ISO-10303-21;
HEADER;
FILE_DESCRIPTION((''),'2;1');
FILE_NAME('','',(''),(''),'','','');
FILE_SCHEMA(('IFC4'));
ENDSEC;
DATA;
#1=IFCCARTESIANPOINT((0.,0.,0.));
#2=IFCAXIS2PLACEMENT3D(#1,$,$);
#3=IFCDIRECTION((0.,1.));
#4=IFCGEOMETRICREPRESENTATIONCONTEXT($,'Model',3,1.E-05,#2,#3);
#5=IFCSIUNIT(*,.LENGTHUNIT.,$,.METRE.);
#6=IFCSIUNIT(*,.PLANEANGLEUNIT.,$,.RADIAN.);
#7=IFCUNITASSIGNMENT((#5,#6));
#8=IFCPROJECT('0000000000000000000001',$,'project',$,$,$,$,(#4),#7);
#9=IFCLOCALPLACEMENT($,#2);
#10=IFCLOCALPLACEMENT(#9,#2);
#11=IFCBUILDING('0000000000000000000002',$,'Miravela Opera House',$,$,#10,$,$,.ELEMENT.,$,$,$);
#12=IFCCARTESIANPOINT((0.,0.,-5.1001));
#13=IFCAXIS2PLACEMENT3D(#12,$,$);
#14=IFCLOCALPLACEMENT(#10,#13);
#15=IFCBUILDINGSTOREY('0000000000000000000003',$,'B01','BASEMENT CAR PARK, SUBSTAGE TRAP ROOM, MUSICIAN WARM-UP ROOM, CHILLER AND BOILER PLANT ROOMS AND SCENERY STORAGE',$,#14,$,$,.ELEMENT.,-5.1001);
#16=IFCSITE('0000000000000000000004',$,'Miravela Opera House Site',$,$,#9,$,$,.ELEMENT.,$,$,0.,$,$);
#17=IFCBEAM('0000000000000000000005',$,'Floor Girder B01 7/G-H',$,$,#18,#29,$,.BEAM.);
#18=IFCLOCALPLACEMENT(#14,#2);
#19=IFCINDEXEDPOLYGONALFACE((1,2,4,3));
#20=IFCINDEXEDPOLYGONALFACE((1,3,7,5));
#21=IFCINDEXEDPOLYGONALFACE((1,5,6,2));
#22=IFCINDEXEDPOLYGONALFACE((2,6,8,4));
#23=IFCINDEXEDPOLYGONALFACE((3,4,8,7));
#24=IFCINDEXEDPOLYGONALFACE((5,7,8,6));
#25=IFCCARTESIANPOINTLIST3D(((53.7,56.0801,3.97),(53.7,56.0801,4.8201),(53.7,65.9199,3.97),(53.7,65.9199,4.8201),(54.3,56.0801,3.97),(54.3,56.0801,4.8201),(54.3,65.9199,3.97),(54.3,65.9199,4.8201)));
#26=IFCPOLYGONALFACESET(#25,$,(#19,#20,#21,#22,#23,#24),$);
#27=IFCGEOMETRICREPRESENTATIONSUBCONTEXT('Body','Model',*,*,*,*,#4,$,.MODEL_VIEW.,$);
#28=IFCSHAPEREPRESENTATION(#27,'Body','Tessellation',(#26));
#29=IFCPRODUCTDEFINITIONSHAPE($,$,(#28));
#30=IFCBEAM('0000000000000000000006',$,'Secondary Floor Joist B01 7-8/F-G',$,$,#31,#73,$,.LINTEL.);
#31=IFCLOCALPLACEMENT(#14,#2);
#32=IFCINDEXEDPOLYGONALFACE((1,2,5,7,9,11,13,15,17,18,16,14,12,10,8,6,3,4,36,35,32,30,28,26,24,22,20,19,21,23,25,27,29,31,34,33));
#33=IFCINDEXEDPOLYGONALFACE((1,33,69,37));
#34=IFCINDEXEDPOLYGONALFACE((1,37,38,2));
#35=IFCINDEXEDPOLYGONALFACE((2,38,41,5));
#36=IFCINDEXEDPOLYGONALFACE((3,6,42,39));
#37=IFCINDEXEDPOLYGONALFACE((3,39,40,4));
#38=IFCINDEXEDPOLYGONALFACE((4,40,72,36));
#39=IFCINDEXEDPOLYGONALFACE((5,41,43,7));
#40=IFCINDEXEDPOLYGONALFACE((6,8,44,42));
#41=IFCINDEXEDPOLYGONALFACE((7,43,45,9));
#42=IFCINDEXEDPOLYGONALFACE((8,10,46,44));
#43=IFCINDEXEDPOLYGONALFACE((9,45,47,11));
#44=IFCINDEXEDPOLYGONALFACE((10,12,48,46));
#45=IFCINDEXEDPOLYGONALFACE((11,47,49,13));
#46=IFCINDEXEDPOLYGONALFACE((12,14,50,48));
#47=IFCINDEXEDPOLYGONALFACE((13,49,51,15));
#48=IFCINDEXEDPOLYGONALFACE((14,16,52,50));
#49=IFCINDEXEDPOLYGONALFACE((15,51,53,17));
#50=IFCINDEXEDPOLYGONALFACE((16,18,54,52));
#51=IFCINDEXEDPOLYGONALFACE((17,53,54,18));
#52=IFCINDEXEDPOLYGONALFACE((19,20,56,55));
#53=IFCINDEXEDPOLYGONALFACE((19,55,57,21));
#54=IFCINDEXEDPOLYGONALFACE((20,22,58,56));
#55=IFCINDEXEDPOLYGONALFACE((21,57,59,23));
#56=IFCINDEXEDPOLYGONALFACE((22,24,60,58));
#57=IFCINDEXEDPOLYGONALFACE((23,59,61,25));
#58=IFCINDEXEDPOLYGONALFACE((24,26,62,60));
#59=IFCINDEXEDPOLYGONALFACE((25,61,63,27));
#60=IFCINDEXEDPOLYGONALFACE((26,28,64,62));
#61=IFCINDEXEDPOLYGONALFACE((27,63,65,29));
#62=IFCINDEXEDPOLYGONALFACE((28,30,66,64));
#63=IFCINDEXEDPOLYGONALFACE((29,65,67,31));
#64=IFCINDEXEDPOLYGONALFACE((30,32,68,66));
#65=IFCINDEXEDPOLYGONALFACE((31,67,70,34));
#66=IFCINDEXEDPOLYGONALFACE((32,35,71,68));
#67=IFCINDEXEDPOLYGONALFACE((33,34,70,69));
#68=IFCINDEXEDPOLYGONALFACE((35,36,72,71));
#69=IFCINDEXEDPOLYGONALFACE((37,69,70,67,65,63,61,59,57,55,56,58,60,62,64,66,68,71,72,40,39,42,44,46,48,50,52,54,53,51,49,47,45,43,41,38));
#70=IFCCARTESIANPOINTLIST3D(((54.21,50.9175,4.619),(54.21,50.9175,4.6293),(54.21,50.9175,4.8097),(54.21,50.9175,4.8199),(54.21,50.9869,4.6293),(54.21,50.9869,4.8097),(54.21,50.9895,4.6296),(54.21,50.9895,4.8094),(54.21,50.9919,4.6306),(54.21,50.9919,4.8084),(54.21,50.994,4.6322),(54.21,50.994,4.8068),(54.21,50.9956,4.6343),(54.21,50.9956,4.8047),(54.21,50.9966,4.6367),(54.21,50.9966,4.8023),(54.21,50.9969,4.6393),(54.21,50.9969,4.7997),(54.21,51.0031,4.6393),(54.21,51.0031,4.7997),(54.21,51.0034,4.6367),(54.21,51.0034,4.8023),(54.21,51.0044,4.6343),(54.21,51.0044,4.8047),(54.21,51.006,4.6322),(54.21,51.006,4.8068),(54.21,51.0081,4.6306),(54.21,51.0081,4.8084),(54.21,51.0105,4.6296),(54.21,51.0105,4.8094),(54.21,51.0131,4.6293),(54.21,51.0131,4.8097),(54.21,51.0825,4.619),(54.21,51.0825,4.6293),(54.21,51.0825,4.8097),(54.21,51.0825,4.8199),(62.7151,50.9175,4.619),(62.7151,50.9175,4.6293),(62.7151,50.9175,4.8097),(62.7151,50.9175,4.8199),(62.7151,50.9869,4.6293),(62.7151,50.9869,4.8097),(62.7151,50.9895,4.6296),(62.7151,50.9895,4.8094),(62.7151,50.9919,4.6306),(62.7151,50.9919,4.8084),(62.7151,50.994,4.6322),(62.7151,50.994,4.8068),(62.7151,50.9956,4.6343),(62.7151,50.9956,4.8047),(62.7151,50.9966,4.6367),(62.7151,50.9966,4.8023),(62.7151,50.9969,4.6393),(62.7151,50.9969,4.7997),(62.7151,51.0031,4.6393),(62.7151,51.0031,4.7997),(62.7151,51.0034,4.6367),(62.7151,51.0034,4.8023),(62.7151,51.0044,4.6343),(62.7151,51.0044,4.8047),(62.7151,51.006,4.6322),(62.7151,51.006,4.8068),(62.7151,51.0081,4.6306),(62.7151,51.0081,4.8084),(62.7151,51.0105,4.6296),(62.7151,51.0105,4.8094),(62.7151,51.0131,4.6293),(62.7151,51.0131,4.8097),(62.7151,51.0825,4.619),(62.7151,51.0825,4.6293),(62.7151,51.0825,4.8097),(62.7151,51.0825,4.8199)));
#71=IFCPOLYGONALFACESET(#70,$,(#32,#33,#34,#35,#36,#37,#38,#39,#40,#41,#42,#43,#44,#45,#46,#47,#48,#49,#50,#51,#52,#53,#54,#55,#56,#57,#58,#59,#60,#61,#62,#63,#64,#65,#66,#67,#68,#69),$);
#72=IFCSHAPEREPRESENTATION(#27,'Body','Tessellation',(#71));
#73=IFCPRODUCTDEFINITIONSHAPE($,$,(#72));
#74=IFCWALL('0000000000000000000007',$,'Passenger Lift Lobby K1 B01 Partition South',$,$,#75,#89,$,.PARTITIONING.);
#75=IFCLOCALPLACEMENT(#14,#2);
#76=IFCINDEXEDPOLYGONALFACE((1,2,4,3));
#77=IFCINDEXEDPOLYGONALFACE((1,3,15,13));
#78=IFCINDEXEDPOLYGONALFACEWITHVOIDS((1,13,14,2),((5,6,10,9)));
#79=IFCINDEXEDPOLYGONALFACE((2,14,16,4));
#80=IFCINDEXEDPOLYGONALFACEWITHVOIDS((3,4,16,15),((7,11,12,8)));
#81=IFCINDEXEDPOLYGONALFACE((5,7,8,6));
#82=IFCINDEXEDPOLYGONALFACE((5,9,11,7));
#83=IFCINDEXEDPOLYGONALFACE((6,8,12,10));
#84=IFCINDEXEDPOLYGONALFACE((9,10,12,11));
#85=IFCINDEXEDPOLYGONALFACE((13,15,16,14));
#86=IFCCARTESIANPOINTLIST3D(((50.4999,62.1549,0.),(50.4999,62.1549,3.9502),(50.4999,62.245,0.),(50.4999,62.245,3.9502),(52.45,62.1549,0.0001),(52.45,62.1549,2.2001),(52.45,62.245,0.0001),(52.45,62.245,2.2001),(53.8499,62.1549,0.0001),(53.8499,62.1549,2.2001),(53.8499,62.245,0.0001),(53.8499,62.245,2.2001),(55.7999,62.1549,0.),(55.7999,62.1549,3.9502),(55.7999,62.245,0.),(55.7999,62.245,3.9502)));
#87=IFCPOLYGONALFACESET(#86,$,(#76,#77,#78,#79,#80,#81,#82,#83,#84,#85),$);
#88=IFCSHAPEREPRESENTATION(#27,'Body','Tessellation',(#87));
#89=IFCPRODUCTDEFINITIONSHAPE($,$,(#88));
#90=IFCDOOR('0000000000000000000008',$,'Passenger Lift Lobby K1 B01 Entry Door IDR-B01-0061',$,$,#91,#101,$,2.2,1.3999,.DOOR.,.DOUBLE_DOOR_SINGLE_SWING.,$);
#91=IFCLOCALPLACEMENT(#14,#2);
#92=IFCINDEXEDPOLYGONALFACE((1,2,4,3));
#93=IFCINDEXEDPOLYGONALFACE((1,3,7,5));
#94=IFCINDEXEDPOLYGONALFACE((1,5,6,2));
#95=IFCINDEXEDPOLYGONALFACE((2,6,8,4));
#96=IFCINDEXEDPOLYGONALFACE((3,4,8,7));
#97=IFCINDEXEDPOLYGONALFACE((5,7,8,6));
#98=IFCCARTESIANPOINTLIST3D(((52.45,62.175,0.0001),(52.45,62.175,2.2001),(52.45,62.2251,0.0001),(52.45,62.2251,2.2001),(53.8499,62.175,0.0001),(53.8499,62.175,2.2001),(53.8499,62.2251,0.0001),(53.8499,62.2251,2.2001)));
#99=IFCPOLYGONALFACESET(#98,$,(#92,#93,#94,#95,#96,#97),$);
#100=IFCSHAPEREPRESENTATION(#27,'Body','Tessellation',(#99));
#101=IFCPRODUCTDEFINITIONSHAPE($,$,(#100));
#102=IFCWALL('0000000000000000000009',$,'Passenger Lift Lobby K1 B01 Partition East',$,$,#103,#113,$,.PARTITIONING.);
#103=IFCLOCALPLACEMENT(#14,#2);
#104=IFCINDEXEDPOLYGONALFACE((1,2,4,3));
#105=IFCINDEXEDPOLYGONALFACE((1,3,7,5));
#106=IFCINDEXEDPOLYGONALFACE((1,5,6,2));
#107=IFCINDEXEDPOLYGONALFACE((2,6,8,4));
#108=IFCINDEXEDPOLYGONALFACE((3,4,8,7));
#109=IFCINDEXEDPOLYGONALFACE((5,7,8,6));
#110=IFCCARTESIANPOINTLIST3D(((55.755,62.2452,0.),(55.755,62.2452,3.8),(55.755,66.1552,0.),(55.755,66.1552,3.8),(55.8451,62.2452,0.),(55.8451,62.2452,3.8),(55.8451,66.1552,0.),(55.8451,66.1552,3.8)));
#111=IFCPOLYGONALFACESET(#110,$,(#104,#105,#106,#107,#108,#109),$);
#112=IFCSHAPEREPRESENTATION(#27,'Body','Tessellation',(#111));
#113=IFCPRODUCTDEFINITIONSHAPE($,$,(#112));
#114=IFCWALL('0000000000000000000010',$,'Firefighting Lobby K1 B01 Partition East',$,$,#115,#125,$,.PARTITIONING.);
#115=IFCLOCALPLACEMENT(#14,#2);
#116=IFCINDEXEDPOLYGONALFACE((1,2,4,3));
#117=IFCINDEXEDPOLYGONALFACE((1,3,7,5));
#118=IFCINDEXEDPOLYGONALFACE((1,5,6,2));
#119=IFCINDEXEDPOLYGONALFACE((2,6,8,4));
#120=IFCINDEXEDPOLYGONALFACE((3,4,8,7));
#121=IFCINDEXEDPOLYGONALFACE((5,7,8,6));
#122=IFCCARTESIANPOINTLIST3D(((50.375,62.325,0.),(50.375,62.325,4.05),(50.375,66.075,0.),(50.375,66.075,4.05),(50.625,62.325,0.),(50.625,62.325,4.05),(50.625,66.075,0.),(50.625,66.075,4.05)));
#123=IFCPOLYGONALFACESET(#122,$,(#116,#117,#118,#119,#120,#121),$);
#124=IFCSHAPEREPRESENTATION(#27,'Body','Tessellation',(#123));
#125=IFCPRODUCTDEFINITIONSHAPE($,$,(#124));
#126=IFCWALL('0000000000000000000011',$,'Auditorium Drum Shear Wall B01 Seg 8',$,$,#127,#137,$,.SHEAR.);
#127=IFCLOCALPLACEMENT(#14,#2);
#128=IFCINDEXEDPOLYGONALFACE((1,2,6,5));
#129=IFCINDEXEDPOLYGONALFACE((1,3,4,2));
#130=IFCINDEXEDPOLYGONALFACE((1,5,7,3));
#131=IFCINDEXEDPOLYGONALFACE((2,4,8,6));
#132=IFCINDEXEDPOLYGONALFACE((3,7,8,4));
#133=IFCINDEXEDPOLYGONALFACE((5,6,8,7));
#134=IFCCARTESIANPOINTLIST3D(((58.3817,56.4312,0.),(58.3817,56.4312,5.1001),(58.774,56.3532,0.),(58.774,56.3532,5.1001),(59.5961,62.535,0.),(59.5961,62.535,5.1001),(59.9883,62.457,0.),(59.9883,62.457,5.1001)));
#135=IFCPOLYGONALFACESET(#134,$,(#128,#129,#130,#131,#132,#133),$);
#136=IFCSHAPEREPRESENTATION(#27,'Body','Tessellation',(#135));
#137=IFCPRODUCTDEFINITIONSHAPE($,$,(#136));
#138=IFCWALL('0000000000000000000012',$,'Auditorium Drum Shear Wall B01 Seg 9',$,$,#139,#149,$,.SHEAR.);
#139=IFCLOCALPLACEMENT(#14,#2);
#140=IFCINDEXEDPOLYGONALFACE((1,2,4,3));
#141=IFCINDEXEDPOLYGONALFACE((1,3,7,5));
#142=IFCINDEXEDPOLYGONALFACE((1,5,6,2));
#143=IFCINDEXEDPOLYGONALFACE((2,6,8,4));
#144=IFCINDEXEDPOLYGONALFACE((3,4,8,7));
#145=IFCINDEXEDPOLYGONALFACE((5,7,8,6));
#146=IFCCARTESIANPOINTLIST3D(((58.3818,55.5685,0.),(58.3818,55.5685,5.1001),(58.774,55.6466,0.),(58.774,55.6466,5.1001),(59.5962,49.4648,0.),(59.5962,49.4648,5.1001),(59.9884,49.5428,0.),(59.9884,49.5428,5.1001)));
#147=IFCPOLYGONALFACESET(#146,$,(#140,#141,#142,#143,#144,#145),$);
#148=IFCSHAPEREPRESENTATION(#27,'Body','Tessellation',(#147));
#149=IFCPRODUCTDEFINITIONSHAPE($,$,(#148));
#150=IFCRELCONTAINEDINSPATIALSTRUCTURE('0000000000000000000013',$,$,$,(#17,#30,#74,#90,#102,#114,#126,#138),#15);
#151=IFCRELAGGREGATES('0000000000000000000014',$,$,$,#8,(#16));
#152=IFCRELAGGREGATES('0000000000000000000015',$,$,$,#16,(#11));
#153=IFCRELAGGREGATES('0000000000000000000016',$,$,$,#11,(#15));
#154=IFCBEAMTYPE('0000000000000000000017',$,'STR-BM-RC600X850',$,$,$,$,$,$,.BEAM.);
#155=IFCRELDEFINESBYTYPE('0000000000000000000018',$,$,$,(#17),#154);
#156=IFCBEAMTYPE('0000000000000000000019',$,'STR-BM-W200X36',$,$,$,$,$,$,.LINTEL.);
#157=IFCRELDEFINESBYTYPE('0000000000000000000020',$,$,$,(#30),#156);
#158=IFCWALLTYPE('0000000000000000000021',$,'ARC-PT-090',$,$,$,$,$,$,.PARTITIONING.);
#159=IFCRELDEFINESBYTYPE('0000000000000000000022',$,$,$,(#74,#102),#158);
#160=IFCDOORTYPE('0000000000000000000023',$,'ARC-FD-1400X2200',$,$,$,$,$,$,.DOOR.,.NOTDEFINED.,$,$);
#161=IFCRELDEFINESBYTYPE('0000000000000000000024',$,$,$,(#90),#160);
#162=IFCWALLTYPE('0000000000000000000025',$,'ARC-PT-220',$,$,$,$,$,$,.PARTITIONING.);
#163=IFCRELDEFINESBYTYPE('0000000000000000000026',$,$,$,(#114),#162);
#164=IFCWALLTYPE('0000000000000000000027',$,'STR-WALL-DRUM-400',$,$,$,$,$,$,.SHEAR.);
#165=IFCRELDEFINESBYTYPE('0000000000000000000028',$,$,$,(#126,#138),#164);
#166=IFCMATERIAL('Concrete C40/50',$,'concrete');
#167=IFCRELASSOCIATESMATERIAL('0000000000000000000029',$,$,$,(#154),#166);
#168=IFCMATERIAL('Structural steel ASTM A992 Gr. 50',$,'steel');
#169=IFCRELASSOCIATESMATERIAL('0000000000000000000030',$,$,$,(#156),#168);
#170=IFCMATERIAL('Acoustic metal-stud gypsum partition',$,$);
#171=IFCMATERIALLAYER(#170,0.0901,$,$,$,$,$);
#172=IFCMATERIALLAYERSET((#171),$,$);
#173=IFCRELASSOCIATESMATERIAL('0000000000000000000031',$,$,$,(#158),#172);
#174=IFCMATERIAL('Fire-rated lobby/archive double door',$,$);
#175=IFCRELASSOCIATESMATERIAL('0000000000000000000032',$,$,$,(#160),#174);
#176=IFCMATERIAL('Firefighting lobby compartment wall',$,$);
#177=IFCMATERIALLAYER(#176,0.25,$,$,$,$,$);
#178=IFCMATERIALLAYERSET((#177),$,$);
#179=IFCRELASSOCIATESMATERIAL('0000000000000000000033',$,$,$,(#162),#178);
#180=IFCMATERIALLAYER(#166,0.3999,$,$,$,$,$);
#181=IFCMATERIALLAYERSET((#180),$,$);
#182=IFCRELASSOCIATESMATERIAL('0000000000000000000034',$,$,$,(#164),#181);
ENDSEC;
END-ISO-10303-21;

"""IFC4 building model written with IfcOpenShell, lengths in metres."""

from ifc_helpers import new_model, si_unit, direction, frame, frame_2d, origin, origin_2d, place, context, subcontext, project, spatial, rectangle, i_section, extrude, material, layer, layer_set, material_profile, profile_set, type_object, element, fill, save


model = new_model("IFC4")

# Units and contexts
model_context = context("Model", 3, precision=1e-05, world=origin(), true_north=direction((0.0, 1.0)))
body_context = subcontext(model_context, "Body", "Model", "MODEL_VIEW")
ifc_project = project(units=[si_unit("LENGTHUNIT", "METRE"), si_unit("PLANEANGLEUNIT", "RADIAN")], contexts=[model_context])

# Site, building, storey
site_placement = place(None, origin())
site = spatial("IfcSite", under=ifc_project, at=site_placement, Name="Miravela Opera House Site", CompositionType="ELEMENT", RefElevation=0.0)
building_placement = place(site_placement, origin())
building = spatial("IfcBuilding", under=site, at=building_placement, Name="Miravela Opera House", CompositionType="ELEMENT")
storey_placement = place(building_placement, frame((0.0, 0.0, -5.1001)))
storey = spatial("IfcBuildingStorey", under=building, at=storey_placement, Name="B01", Description="BASEMENT CAR PARK, SUBSTAGE TRAP ROOM, MUSICIAN WARM-UP ROOM, CHILLER AND BOILER PLANT ROOMS AND SCENERY STORAGE", CompositionType="ELEMENT", Elevation=-5.1001)

# Shared definitions
ifc_material_1 = material(Name="Concrete C40/50", Category="concrete")

# Beams
ifc_material_profile_1 = material_profile(ifc_material_1, rectangle(XDim=0.6001, YDim=0.8501, at=origin_2d()), Name="RC-BM-600X850")
ifc_profile_set_1 = profile_set([ifc_material_profile_1])
beam_type_1 = type_object("IfcBeamType", Name="STR-BM-RC600X850", PredefinedType="BEAM", material=ifc_profile_set_1)
beam_1_placement = place(storey_placement, frame((54.0, 56.0801, 4.395), z_axis=(0.0, 1.0, 0.0), x_axis=(-1.0, 0.0, 0.0)))
element("IfcBeam", 1, at=beam_1_placement, inside=storey, type_object=beam_type_1, Name="Floor Girder B01 7/G-H", PredefinedType="BEAM", context=body_context, shape_type="SweptSolid", body=[
    extrude(rectangle(XDim=0.6001, YDim=0.8501, at=origin_2d()), origin(), (0.0, 0.0, 1.0), 9.8398),
])
ifc_material_2 = material(Name="Structural steel ASTM A992 Gr. 50", Category="steel")
ifc_material_profile_2 = material_profile(ifc_material_2, i_section(OverallWidth=0.165, OverallDepth=0.2009, WebThickness=0.0061, FlangeThickness=0.0103, FilletRadius=0.01, at=origin_2d()), Name="W200X36")
ifc_profile_set_2 = profile_set([ifc_material_profile_2])
beam_type_2 = type_object("IfcBeamType", Name="STR-BM-W200X36", PredefinedType="LINTEL", material=ifc_profile_set_2)
beam_2_placement = place(storey_placement, frame((54.21, 51.0, 4.7195), z_axis=(1.0, 0.0, 0.0), x_axis=(0.0, 1.0, 0.0)))
element("IfcBeam", 2, at=beam_2_placement, inside=storey, type_object=beam_type_2, Name="Secondary Floor Joist B01 7-8/F-G", PredefinedType="LINTEL", context=body_context, shape_type="SweptSolid", body=[
    extrude(i_section(OverallWidth=0.165, OverallDepth=0.2009, WebThickness=0.0061, FlangeThickness=0.0103, FilletRadius=0.01, at=origin_2d()), origin(), (0.0, 0.0, 1.0), 8.5051),
])

# Wall, opening, door
ifc_material_3 = material(Name="Acoustic metal-stud gypsum partition")
ifc_layer_1 = layer(ifc_material_3, 0.0901)
ifc_layer_set_1 = layer_set([ifc_layer_1])
wall_type_1 = type_object("IfcWallType", Name="ARC-PT-090", PredefinedType="PARTITIONING", material=ifc_layer_set_1)
wall_1_placement = place(storey_placement, frame((50.5, 62.2, 0.0), z_axis=(0.0, 0.0, 1.0), x_axis=(1.0, 0.0, 0.0)))
wall_1 = element("IfcWall", 3, at=wall_1_placement, inside=storey, type_object=wall_type_1, Name="Passenger Lift Lobby K1 B01 Partition South", PredefinedType="PARTITIONING", context=body_context, shape_type="SweptSolid", body=[
    extrude(rectangle(XDim=5.3, YDim=0.0901, at=frame_2d((2.6499, 0.0))), origin(), (0.0, 0.0, 1.0), 3.9502),
])
opening_placement = place(wall_1_placement, frame((1.95, 0.0, 0.0)))
opening = element("IfcOpeningElement", 4, at=opening_placement, cuts=wall_1, PredefinedType="OPENING", context=body_context, shape_type="SweptSolid", body=[
    extrude(rectangle(XDim=1.3999, YDim=2.2, at=frame_2d((0.7, 1.1001))), frame((0.0, 0.0549, 0.0), z_axis=(0.0, -1.0, 0.0), x_axis=(1.0, 0.0, 0.0)), (0.0, 0.0, 1.0), 0.1101),
])
ifc_material_4 = material(Name="Fire-rated lobby/archive double door")
door_type = type_object("IfcDoorType", Name="ARC-FD-1400X2200", OperationType="NOTDEFINED", PredefinedType="DOOR", material=ifc_material_4)
door_placement = place(opening_placement, frame((1.3999, 0.0, 0.0), z_axis=(0.0, 0.0, 1.0), x_axis=(-1.0, 0.0, 0.0)))
door = element("IfcDoor", 5, at=door_placement, inside=storey, type_object=door_type, Name="Passenger Lift Lobby K1 B01 Entry Door IDR-B01-0061", OperationType="DOUBLE_DOOR_SINGLE_SWING", OverallHeight=2.2, OverallWidth=1.3999, PredefinedType="DOOR", context=body_context, shape_type="SweptSolid", body=[
    extrude(rectangle(XDim=1.3999, YDim=2.2, at=frame_2d((0.7, 1.1001))), frame((0.0, 0.0249, 0.0), z_axis=(0.0, -1.0, 0.0), x_axis=(1.0, 0.0, 0.0)), (0.0, 0.0, 1.0), 0.05),
])
fill(opening, door)

# Walls
wall_2_placement = place(storey_placement, frame((55.8, 62.2451, 0.0), z_axis=(0.0, 0.0, 1.0), x_axis=(0.0, 1.0, 0.0)))
element("IfcWall", 6, at=wall_2_placement, inside=storey, type_object=wall_type_1, Name="Passenger Lift Lobby K1 B01 Partition East", PredefinedType="PARTITIONING", context=body_context, shape_type="SweptSolid", body=[
    extrude(rectangle(XDim=3.9099, YDim=0.0901, at=frame_2d((1.9551, 0.0))), origin(), (0.0, 0.0, 1.0), 3.8),
])
ifc_material_5 = material(Name="Firefighting lobby compartment wall")
ifc_layer_2 = layer(ifc_material_5, 0.25)
ifc_layer_set_2 = layer_set([ifc_layer_2])
wall_type_2 = type_object("IfcWallType", Name="ARC-PT-220", PredefinedType="PARTITIONING", material=ifc_layer_set_2)
wall_3_placement = place(storey_placement, frame((50.5, 62.325, 0.0), z_axis=(0.0, 0.0, 1.0), x_axis=(0.0, 1.0, 0.0)))
element("IfcWall", 7, at=wall_3_placement, inside=storey, type_object=wall_type_2, Name="Firefighting Lobby K1 B01 Partition East", PredefinedType="PARTITIONING", context=body_context, shape_type="SweptSolid", body=[
    extrude(rectangle(XDim=3.75, YDim=0.25, at=frame_2d((1.875, 0.0))), origin(), (0.0, 0.0, 1.0), 4.05),
])
ifc_layer_3 = layer(ifc_material_1, 0.3999)
ifc_layer_set_3 = layer_set([ifc_layer_3])
wall_type_3 = type_object("IfcWallType", Name="STR-WALL-DRUM-400", PredefinedType="SHEAR", material=ifc_layer_set_3)
for number, where, z_axis, x_axis, name in (
    (8, (59.7922, 62.4961, 0.0), (0.0, 0.0, 1.0), (-0.195128, -0.980778, 0.0), "Auditorium Drum Shear Wall B01 Seg 8"),
    (9, (58.5779, 55.6077, 0.0), (0.0, 0.0, 1.0), (0.195128, -0.980778, 0.0), "Auditorium Drum Shear Wall B01 Seg 9"),
):
    element("IfcWall", number, at=place(storey_placement, frame(where, z_axis=z_axis, x_axis=x_axis)), inside=storey, type_object=wall_type_3, Name=name, PredefinedType="SHEAR", context=body_context, shape_type="SweptSolid", body=[
        extrude(rectangle(XDim=6.2234, YDim=0.3999, at=frame_2d((3.1118, 0.0))), origin(), (0.0, 0.0, 1.0), 5.1001),
    ])

save(model, "model.ifc")
